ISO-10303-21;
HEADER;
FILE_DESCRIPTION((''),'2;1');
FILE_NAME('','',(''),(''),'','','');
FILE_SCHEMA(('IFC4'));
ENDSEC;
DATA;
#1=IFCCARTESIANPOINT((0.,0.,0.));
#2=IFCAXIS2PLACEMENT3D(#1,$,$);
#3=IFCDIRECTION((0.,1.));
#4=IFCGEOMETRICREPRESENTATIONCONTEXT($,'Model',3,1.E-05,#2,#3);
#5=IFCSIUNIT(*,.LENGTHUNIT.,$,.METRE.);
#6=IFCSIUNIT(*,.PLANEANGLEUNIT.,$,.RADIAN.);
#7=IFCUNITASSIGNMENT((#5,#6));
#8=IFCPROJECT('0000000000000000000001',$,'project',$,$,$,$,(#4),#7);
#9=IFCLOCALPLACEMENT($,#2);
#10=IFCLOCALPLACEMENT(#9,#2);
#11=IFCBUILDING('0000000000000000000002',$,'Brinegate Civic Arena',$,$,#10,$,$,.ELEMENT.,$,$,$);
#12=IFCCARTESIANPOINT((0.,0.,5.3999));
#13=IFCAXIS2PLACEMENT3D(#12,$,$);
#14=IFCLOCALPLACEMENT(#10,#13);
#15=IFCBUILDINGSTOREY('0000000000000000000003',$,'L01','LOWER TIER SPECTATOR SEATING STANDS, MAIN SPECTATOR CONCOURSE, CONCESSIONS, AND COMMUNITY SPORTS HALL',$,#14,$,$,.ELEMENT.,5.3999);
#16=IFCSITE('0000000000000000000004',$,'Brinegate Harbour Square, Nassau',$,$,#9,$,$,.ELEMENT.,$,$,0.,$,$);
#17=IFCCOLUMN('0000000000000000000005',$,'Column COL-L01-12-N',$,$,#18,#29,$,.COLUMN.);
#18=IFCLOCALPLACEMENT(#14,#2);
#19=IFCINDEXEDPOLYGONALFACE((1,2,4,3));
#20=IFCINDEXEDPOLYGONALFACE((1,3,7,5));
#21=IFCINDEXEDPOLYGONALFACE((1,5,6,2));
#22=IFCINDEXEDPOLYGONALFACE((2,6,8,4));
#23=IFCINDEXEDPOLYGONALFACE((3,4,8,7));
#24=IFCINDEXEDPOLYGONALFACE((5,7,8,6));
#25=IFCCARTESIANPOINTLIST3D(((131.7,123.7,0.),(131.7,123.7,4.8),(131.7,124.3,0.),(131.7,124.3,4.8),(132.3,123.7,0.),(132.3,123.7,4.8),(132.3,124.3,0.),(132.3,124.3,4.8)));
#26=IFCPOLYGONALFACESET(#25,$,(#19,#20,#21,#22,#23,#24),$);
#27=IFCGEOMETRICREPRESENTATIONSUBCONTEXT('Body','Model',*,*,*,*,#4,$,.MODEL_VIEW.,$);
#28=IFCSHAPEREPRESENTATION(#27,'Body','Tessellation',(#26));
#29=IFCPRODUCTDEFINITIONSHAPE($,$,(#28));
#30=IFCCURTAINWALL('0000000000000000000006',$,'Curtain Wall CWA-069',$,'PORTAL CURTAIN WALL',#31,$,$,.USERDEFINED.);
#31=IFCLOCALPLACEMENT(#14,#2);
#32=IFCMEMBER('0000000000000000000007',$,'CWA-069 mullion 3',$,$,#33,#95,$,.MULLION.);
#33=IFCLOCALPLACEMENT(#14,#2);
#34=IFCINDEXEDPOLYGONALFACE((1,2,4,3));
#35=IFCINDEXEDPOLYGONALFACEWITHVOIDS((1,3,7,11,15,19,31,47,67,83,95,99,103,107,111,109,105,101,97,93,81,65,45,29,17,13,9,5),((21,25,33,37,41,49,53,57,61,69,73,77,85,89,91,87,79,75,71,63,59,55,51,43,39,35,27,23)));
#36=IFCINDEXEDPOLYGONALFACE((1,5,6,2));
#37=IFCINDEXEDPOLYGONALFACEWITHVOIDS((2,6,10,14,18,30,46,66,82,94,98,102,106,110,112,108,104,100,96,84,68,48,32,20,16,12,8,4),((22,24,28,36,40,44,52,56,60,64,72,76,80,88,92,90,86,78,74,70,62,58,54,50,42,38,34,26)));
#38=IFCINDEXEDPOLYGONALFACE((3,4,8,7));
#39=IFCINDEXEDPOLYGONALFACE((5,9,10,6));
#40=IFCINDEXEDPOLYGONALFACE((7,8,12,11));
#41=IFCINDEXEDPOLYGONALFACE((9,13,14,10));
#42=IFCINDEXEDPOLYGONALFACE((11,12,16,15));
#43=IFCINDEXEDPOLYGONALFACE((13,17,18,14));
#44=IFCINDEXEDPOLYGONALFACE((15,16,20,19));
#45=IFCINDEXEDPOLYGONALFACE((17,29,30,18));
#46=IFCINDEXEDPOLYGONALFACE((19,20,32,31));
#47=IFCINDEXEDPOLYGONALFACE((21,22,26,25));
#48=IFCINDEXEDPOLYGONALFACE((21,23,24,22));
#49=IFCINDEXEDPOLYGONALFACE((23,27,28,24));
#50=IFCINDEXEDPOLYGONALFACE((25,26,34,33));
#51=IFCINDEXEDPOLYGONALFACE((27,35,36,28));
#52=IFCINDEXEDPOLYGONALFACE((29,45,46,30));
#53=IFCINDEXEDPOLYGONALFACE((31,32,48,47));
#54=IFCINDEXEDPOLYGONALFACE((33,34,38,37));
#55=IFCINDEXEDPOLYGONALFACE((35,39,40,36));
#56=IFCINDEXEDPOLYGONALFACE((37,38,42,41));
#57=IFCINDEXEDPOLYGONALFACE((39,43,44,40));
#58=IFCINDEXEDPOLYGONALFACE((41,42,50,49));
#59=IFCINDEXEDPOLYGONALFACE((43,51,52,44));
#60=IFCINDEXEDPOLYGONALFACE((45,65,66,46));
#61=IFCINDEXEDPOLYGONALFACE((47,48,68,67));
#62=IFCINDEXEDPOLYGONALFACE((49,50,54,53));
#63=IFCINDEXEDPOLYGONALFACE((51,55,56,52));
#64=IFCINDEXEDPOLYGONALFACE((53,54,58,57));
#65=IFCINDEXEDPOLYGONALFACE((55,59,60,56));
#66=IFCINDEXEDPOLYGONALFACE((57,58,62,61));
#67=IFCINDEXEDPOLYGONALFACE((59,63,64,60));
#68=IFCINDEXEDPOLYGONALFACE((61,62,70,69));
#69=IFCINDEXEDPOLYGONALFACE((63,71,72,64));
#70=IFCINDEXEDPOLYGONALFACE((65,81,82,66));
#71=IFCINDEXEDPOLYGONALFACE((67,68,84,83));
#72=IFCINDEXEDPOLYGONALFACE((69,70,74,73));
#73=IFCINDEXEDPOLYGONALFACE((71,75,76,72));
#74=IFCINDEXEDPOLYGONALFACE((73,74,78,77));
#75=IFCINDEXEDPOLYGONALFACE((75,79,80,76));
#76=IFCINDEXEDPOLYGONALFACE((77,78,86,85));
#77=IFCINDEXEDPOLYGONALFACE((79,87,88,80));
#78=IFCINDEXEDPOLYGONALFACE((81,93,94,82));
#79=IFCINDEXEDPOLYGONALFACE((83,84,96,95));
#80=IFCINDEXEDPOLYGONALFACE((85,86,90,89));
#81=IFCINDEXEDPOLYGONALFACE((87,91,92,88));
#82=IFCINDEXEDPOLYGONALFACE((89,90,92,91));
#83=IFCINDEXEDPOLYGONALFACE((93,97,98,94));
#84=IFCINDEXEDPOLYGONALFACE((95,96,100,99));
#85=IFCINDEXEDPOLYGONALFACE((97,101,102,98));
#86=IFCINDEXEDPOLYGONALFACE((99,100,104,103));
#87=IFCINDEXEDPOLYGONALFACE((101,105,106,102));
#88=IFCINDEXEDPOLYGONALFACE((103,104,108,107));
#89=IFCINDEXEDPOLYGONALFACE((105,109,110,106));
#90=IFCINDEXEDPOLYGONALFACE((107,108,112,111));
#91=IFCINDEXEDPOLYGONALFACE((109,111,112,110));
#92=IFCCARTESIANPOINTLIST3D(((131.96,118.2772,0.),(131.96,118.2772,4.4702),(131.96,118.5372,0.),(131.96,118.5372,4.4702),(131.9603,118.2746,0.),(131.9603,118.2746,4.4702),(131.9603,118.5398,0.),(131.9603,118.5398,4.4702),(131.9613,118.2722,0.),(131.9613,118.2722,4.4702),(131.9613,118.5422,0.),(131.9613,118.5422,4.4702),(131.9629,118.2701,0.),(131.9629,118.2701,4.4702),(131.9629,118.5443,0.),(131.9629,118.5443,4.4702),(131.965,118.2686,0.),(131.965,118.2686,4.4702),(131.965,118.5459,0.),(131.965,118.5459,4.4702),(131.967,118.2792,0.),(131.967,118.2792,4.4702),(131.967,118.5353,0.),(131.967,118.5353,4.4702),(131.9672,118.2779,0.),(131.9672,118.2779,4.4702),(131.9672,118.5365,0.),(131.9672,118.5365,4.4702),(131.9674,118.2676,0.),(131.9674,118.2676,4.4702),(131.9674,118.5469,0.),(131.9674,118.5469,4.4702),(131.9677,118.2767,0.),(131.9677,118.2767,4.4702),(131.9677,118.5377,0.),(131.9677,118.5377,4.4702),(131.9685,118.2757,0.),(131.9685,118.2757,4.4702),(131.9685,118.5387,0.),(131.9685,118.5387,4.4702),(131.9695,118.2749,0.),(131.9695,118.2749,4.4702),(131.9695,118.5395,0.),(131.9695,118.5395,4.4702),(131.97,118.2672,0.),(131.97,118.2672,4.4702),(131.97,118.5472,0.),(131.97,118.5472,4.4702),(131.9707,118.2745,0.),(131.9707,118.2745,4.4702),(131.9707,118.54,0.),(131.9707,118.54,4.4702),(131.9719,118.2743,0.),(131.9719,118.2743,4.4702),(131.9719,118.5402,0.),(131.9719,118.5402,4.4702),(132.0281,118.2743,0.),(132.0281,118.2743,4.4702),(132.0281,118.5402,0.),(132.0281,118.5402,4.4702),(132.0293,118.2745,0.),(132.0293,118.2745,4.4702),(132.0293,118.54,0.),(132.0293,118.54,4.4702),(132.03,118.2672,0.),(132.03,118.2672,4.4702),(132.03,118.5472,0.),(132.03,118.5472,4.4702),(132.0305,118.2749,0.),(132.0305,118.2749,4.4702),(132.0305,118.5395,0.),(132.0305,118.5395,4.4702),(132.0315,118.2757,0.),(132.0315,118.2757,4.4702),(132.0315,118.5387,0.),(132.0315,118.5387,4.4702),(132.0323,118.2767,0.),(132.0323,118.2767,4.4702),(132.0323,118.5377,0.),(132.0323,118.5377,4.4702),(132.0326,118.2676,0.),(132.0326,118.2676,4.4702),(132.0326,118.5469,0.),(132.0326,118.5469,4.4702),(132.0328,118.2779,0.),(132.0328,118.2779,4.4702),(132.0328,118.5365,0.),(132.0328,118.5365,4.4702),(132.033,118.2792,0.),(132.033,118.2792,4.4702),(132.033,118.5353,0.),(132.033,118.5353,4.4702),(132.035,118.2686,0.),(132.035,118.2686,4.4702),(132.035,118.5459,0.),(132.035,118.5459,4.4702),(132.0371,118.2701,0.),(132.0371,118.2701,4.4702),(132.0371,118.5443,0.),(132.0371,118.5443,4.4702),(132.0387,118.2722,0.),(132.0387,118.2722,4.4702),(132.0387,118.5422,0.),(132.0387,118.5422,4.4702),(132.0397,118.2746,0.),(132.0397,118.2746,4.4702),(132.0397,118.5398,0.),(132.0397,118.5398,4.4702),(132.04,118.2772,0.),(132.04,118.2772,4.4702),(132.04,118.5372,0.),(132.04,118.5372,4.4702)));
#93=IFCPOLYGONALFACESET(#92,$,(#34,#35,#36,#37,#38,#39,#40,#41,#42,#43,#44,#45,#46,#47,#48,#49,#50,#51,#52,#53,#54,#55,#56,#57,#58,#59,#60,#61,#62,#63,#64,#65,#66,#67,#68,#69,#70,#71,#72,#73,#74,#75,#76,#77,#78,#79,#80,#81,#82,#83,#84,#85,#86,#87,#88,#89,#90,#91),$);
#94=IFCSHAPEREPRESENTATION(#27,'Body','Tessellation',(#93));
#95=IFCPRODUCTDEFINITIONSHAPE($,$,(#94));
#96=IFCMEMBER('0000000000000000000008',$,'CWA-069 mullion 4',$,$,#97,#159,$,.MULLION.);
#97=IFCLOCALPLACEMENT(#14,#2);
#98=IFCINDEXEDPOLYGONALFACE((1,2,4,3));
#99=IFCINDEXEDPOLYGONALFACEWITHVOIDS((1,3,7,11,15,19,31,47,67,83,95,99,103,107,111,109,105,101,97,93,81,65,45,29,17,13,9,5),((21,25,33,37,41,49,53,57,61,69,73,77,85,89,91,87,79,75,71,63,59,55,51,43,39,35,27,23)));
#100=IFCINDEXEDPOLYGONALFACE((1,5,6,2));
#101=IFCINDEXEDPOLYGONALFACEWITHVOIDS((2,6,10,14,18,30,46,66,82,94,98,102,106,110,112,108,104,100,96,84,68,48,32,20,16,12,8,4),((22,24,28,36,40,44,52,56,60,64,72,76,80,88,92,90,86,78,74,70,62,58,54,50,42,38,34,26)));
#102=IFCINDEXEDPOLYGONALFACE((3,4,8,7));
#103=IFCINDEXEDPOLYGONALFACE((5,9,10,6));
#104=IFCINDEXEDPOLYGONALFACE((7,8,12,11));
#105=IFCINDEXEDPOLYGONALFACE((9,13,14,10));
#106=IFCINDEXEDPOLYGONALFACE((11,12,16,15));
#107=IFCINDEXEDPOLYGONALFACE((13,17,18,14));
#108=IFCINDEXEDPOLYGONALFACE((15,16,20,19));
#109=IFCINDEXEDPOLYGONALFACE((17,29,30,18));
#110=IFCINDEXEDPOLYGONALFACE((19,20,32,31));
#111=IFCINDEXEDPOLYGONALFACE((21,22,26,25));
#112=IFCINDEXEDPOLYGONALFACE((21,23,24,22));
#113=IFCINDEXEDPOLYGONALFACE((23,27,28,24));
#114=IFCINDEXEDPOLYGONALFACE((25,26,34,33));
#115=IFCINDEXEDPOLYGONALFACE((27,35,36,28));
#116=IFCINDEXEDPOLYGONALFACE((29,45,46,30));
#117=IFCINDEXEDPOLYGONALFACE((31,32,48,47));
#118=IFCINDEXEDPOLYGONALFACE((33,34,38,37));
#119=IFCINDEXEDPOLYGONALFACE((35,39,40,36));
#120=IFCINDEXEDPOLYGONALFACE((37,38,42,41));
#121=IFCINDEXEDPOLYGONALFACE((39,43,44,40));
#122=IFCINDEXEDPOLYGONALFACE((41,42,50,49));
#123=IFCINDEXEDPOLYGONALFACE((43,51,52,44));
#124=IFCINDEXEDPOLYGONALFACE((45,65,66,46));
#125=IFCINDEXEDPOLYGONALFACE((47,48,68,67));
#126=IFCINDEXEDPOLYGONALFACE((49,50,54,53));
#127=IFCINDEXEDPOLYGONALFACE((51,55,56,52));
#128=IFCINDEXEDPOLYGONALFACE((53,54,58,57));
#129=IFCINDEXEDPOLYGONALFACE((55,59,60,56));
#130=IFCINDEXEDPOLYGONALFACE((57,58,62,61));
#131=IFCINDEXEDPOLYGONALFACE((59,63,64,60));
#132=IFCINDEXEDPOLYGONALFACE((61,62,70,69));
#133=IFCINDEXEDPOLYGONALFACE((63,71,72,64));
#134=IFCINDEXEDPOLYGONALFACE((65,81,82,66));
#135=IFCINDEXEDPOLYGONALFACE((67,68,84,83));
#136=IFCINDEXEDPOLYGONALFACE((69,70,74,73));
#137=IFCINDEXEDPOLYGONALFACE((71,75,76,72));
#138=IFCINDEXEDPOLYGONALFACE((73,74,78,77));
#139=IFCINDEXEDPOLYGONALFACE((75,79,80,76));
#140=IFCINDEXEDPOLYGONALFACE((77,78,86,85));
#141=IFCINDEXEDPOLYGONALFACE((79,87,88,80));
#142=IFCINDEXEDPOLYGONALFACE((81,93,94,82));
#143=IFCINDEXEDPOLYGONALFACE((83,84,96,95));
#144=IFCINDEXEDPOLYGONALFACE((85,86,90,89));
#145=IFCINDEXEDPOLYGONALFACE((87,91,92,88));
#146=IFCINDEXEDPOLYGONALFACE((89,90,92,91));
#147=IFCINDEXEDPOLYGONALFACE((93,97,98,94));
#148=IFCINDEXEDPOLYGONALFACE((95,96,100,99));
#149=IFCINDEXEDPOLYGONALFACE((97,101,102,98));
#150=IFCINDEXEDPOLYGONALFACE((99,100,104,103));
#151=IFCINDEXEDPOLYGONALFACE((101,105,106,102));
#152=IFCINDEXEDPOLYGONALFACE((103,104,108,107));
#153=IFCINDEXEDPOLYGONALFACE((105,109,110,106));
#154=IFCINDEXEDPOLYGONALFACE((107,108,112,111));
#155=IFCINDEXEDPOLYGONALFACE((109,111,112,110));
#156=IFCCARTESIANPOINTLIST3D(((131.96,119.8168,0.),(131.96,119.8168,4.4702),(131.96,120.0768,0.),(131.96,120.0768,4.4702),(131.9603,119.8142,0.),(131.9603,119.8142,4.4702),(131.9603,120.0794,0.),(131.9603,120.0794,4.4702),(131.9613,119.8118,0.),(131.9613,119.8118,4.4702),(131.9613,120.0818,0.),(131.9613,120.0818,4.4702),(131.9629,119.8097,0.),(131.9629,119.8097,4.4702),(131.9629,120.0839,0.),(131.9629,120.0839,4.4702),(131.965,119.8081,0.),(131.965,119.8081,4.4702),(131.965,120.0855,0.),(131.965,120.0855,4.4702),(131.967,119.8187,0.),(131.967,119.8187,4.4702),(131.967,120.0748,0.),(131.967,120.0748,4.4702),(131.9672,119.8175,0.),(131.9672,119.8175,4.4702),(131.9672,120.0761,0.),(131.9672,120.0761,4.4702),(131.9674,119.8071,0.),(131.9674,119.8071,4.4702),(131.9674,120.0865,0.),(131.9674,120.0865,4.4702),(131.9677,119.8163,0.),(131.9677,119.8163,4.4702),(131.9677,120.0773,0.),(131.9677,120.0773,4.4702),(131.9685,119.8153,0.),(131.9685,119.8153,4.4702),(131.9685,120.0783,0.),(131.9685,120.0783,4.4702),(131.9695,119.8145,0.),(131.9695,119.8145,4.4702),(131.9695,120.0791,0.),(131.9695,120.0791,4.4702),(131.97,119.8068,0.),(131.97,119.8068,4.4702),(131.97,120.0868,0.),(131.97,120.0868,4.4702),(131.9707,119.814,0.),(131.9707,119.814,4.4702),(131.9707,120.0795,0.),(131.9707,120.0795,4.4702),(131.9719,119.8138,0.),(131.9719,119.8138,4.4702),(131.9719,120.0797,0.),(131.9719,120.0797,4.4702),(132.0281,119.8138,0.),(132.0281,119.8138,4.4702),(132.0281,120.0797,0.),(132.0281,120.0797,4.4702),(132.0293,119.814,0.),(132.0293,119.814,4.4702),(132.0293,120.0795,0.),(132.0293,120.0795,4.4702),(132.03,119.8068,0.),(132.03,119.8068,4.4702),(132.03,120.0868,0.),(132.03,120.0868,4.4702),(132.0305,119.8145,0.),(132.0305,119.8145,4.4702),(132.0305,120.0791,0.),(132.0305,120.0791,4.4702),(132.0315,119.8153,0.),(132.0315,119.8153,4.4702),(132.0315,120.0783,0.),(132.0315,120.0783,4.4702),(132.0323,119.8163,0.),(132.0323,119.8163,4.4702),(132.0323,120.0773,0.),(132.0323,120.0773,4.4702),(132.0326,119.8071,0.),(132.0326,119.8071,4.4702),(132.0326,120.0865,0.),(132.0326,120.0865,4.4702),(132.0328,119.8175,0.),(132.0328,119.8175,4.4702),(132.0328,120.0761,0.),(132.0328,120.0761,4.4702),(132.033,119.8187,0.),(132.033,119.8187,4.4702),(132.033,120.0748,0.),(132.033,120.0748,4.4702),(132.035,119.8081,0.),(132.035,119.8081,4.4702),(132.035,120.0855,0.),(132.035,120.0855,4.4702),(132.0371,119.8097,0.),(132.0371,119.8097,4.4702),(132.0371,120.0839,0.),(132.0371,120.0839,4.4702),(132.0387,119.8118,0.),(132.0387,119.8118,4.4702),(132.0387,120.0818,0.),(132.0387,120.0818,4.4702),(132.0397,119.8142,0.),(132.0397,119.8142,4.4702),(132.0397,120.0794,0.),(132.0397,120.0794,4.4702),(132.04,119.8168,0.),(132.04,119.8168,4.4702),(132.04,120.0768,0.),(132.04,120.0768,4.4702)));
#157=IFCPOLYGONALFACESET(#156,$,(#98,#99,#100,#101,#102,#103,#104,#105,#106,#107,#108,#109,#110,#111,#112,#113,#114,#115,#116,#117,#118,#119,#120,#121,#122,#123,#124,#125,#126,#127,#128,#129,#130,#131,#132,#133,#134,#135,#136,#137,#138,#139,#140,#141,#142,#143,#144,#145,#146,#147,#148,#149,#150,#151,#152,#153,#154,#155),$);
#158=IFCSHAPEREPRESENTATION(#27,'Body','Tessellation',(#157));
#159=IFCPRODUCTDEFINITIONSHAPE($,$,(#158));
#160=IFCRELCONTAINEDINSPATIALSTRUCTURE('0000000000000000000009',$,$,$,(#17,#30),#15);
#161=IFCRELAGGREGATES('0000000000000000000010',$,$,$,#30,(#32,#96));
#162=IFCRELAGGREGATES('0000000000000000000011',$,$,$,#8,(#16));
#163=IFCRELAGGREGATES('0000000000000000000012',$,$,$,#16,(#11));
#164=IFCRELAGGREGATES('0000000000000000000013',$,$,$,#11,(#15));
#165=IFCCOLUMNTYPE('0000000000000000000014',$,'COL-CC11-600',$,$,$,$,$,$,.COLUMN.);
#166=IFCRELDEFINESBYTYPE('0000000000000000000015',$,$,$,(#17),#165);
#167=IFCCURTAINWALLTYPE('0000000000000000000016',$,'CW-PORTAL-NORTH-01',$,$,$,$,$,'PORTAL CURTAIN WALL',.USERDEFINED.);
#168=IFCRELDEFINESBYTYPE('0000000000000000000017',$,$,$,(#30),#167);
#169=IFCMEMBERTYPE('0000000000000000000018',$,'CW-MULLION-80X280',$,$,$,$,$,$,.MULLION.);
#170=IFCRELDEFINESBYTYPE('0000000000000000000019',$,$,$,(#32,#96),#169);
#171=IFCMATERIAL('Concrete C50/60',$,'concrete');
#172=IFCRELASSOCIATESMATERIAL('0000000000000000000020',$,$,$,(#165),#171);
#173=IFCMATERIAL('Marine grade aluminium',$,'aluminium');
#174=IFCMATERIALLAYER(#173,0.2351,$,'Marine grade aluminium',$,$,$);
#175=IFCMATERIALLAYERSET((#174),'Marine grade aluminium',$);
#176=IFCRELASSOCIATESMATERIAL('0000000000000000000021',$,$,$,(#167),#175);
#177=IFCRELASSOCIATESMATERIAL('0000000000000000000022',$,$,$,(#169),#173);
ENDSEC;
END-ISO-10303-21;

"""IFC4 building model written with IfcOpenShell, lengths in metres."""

from ifc_helpers import new_model, si_unit, direction, frame, origin, origin_2d, place, context, subcontext, project, spatial, rectangle, hollow_rectangle, extrude, material, layer, layer_set, material_profile, profile_set, type_object, element, aggregate, save


model = new_model("IFC4")

# Units and contexts
model_context = context("Model", 3, precision=1e-05, world=origin(), true_north=direction((0.0, 1.0)))
body_context = subcontext(model_context, "Body", "Model", "MODEL_VIEW")
ifc_project = project(units=[si_unit("LENGTHUNIT", "METRE"), si_unit("PLANEANGLEUNIT", "RADIAN")], contexts=[model_context])

# Site, building, storey
site_placement = place(None, origin())
site = spatial("IfcSite", under=ifc_project, at=site_placement, Name="Brinegate Harbour Square, Nassau", CompositionType="ELEMENT", RefElevation=0.0)
building_placement = place(site_placement, origin())
building = spatial("IfcBuilding", under=site, at=building_placement, Name="Brinegate Civic Arena", CompositionType="ELEMENT")
storey_placement = place(building_placement, frame((0.0, 0.0, 5.3999)))
storey = spatial("IfcBuildingStorey", under=building, at=storey_placement, Name="L01", Description="LOWER TIER SPECTATOR SEATING STANDS, MAIN SPECTATOR CONCOURSE, CONCESSIONS, AND COMMUNITY SPORTS HALL", CompositionType="ELEMENT", Elevation=5.3999)

# Column
ifc_material_1 = material(Name="Concrete C50/60", Category="concrete")
ifc_material_profile_1 = material_profile(ifc_material_1, rectangle(XDim=0.6001, YDim=0.6001, at=origin_2d()), Name="RC600X600")
ifc_profile_set_1 = profile_set([ifc_material_profile_1], Name="Concrete C50/60")
column_type = type_object("IfcColumnType", Name="COL-CC11-600", PredefinedType="COLUMN", material=ifc_profile_set_1)
column_placement = place(storey_placement, frame((132.0, 124.0, 0.0), z_axis=(0.0, 0.0, 1.0), x_axis=(1.0, 0.0, 0.0)))
element("IfcColumn", 1, at=column_placement, inside=storey, type_object=column_type, Name="Column COL-L01-12-N", PredefinedType="COLUMN", context=body_context, shape_type="SweptSolid", body=[
    extrude(rectangle(XDim=0.6001, YDim=0.6001, at=origin_2d()), origin(), (0.0, 0.0, 1.0), 4.8),
])

# Curtain wall, members
ifc_material_2 = material(Name="Marine grade aluminium", Category="aluminium")
ifc_layer_1 = layer(ifc_material_2, 0.2351, Name="Marine grade aluminium")
ifc_layer_set_1 = layer_set([ifc_layer_1], Name="Marine grade aluminium")
curtain_wall_type = type_object("IfcCurtainWallType", Name="CW-PORTAL-NORTH-01", ElementType="PORTAL CURTAIN WALL", PredefinedType="USERDEFINED", material=ifc_layer_set_1)
curtain_wall_placement = place(storey_placement, origin())
curtain_wall = element("IfcCurtainWall", 2, at=curtain_wall_placement, inside=storey, type_object=curtain_wall_type, Name="Curtain Wall CWA-069", ObjectType="PORTAL CURTAIN WALL", PredefinedType="USERDEFINED")
ifc_material_profile_2 = material_profile(ifc_material_2, hollow_rectangle(XDim=0.0801, YDim=0.28, WallThickness=0.0071, InnerFilletRadius=0.0049, OuterFilletRadius=0.01, at=origin_2d()), Name="MUL80X280")
ifc_profile_set_2 = profile_set([ifc_material_profile_2], Name="Marine grade aluminium")
member_type_1 = type_object("IfcMemberType", Name="CW-MULLION-80X280", PredefinedType="MULLION", material=ifc_profile_set_2)
member_1_placement = place(storey_placement, frame((132.0, 118.4072, 0.0), z_axis=(0.0, 0.0, 1.0), x_axis=(-1.0, 0.0, 0.0)))
member_1 = element("IfcMember", 3, at=member_1_placement, type_object=member_type_1, Name="CWA-069 mullion 3", PredefinedType="MULLION", context=body_context, shape_type="SweptSolid", body=[
    extrude(hollow_rectangle(XDim=0.0801, YDim=0.28, WallThickness=0.0071, InnerFilletRadius=0.0049, OuterFilletRadius=0.01, at=origin_2d()), origin(), (0.0, 0.0, 1.0), 4.4702),
])
member_2_placement = place(storey_placement, frame((132.0, 119.9468, 0.0), z_axis=(0.0, 0.0, 1.0), x_axis=(-1.0, 0.0, 0.0)))
member_2 = element("IfcMember", 4, at=member_2_placement, type_object=member_type_1, Name="CWA-069 mullion 4", PredefinedType="MULLION", context=body_context, shape_type="SweptSolid", body=[
    extrude(hollow_rectangle(XDim=0.0801, YDim=0.28, WallThickness=0.0071, InnerFilletRadius=0.0049, OuterFilletRadius=0.01, at=origin_2d()), origin(), (0.0, 0.0, 1.0), 4.4702),
])
aggregate(curtain_wall, [member_1, member_2])

save(model, "model.ifc")
